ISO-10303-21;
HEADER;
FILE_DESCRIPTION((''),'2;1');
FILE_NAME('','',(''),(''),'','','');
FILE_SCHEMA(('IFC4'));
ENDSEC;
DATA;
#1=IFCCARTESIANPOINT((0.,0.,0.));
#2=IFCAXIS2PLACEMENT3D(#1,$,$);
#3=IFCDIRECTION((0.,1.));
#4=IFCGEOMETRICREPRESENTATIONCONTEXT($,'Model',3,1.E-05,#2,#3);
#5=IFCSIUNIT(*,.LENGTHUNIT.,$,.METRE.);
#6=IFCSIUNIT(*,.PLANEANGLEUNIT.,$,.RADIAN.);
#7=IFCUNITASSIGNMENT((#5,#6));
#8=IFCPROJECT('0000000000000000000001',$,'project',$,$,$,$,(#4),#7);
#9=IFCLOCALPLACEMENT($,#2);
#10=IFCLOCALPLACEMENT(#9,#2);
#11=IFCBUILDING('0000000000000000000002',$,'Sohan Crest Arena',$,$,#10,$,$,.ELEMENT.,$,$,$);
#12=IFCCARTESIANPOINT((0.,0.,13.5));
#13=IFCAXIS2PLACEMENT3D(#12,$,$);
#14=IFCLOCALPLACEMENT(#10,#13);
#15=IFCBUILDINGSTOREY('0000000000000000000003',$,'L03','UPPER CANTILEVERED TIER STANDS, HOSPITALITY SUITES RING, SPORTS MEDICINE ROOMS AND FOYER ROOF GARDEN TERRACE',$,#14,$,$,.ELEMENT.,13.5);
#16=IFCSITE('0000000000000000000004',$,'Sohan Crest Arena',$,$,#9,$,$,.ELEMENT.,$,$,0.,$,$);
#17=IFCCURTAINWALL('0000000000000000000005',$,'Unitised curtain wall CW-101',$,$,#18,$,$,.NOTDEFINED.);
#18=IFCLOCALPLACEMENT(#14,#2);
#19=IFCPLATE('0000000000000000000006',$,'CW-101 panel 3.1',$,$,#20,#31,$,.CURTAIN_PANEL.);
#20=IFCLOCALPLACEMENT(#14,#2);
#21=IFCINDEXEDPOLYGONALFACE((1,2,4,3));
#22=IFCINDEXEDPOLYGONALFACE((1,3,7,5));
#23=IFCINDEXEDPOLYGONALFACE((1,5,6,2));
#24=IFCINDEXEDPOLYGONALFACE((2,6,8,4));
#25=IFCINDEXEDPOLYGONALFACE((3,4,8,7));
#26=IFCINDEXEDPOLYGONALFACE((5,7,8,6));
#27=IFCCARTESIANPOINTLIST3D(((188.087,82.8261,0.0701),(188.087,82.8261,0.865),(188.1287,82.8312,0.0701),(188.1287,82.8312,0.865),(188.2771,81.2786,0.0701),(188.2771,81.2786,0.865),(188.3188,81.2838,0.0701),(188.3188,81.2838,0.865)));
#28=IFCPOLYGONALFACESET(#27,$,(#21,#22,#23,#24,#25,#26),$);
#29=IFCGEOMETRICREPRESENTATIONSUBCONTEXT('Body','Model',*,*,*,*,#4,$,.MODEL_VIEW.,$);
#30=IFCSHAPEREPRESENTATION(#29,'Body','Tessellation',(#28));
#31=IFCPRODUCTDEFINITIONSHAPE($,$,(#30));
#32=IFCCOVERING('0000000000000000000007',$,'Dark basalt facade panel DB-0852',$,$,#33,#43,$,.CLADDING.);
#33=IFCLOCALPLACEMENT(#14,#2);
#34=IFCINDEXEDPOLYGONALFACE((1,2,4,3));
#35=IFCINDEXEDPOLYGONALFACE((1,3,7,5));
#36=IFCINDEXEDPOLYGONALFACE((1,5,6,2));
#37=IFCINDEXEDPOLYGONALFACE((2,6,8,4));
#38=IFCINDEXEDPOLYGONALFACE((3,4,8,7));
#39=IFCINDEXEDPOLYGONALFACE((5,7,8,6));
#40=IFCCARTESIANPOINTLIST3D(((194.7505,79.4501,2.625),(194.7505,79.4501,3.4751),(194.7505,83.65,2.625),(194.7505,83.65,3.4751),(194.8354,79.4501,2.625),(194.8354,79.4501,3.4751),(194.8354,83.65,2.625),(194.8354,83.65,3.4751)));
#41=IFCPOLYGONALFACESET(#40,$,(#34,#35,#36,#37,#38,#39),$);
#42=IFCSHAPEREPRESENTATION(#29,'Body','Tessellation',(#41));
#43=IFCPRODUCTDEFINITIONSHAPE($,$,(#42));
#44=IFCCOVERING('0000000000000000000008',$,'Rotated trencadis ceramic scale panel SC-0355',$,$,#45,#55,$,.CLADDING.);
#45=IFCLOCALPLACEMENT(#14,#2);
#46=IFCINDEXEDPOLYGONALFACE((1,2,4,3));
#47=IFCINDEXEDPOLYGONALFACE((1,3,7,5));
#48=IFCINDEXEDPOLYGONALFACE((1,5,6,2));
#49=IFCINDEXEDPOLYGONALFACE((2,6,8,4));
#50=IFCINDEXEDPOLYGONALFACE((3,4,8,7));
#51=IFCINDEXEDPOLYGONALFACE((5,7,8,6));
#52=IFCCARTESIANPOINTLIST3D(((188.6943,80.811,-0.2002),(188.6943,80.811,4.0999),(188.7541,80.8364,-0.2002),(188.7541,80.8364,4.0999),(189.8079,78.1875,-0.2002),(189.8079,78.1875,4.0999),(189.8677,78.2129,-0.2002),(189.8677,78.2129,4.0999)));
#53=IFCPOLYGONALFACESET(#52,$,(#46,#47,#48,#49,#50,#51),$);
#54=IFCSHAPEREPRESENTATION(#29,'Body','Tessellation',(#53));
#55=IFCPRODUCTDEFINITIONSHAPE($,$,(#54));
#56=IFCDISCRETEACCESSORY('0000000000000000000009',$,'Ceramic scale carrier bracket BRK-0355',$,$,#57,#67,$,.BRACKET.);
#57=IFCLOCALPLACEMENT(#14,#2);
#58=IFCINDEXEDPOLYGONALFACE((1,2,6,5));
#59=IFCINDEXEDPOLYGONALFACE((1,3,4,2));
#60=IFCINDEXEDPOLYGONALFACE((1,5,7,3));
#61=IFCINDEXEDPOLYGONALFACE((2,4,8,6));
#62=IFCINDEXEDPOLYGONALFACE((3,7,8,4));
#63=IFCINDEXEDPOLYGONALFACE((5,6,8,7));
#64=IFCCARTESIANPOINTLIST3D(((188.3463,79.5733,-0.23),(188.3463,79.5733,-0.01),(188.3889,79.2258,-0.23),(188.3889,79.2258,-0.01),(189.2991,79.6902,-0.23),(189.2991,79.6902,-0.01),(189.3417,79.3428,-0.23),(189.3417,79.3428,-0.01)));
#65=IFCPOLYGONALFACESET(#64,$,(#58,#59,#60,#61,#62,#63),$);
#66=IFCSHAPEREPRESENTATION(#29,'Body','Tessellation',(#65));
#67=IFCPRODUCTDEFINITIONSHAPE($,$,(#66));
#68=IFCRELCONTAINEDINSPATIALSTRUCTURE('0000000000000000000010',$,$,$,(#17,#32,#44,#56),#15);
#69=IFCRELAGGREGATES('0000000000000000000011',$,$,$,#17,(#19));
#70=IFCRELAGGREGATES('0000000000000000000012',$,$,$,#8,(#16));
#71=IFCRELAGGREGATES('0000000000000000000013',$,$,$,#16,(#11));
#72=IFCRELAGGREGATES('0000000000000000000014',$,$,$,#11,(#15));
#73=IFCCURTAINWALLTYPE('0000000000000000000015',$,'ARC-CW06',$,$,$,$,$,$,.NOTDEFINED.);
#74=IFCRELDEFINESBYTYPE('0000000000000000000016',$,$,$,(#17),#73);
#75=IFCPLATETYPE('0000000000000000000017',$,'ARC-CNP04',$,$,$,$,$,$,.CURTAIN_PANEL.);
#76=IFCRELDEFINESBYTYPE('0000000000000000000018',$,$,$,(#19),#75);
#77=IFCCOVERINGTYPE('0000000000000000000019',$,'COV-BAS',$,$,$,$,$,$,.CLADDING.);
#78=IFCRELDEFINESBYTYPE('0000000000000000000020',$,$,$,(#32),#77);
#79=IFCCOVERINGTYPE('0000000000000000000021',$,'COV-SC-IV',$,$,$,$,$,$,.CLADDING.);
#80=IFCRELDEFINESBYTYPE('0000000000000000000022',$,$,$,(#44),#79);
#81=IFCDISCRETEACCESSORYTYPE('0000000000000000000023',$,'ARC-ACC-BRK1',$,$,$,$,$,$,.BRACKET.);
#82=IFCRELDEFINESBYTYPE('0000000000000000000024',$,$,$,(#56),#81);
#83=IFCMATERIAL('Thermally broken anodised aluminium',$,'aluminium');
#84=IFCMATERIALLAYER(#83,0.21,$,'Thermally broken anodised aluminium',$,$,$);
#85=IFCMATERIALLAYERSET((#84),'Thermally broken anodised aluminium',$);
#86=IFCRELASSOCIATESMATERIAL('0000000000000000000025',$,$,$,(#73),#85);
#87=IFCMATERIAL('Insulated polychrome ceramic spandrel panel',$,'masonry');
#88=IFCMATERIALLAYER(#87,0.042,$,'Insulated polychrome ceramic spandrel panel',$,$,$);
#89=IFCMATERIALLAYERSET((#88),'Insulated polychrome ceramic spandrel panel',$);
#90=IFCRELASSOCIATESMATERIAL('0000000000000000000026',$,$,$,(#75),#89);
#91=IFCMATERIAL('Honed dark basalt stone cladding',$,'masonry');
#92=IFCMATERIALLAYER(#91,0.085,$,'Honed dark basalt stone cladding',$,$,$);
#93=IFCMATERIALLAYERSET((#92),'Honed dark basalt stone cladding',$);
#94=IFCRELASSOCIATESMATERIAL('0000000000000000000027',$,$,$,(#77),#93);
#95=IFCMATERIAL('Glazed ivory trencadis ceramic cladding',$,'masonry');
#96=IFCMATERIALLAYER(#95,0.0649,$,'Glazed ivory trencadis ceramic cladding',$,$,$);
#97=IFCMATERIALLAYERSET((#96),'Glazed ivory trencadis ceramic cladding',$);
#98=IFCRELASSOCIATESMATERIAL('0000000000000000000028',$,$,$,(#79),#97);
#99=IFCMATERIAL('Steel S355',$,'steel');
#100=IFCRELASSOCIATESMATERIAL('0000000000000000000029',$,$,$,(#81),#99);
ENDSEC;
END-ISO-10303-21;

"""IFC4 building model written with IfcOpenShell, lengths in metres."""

from ifc_helpers import new_model, si_unit, direction, frame, origin, origin_2d, place, context, subcontext, project, spatial, rectangle, extrude, material, layer, layer_set, type_object, element, aggregate, save


model = new_model("IFC4")

# Units and contexts
model_context = context("Model", 3, precision=1e-05, world=origin(), true_north=direction((0.0, 1.0)))
body_context = subcontext(model_context, "Body", "Model", "MODEL_VIEW")
ifc_project = project(units=[si_unit("LENGTHUNIT", "METRE"), si_unit("PLANEANGLEUNIT", "RADIAN")], contexts=[model_context])

# Site, building, storey
site_placement = place(None, origin())
site = spatial("IfcSite", under=ifc_project, at=site_placement, Name="Sohan Crest Arena", CompositionType="ELEMENT", RefElevation=0.0)
building_placement = place(site_placement, origin())
building = spatial("IfcBuilding", under=site, at=building_placement, Name="Sohan Crest Arena", CompositionType="ELEMENT")
storey_placement = place(building_placement, frame((0.0, 0.0, 13.5)))
storey = spatial("IfcBuildingStorey", under=building, at=storey_placement, Name="L03", Description="UPPER CANTILEVERED TIER STANDS, HOSPITALITY SUITES RING, SPORTS MEDICINE ROOMS AND FOYER ROOF GARDEN TERRACE", CompositionType="ELEMENT", Elevation=13.5)

# Shared definitions
ifc_material_1 = material(Name="Steel S355", Category="steel")

# Shared definitions
ifc_material_2 = material(Name="Thermally broken anodised aluminium", Category="aluminium")

# Curtain wall
ifc_layer_1 = layer(ifc_material_2, 0.21, Name="Thermally broken anodised aluminium")
ifc_layer_set_1 = layer_set([ifc_layer_1], Name="Thermally broken anodised aluminium")
curtain_wall_type_1 = type_object("IfcCurtainWallType", Name="ARC-CW06", PredefinedType="NOTDEFINED", material=ifc_layer_set_1)
curtain_wall_1_placement = place(storey_placement, origin())
curtain_wall_1 = element("IfcCurtainWall", 1, at=curtain_wall_1_placement, inside=storey, type_object=curtain_wall_type_1, Name="Unitised curtain wall CW-101", PredefinedType="NOTDEFINED")

# Plate
ifc_material_3 = material(Name="Insulated polychrome ceramic spandrel panel", Category="masonry")
ifc_layer_2 = layer(ifc_material_3, 0.042, Name="Insulated polychrome ceramic spandrel panel")
ifc_layer_set_2 = layer_set([ifc_layer_2], Name="Insulated polychrome ceramic spandrel panel")
plate_type_1 = type_object("IfcPlateType", Name="ARC-CNP04", PredefinedType="CURTAIN_PANEL", material=ifc_layer_set_2)
plate_1_placement = place(storey_placement, frame((188.2029, 82.0549, 0.0701), z_axis=(0.0, 0.0, 1.0), x_axis=(-0.121947, 0.992537, 0.0)))
plate_1 = element("IfcPlate", 2, at=plate_1_placement, type_object=plate_type_1, Name="CW-101 panel 3.1", PredefinedType="CURTAIN_PANEL", context=body_context, shape_type="SweptSolid", body=[
    extrude(rectangle(XDim=1.5591, YDim=0.042, at=origin_2d()), origin(), (0.0, 0.0, 1.0), 0.7949),
])
aggregate(curtain_wall_1, [plate_1])

# Coverings
ifc_material_4 = material(Name="Honed dark basalt stone cladding", Category="masonry")
ifc_layer_3 = layer(ifc_material_4, 0.085, Name="Honed dark basalt stone cladding")
ifc_layer_set_3 = layer_set([ifc_layer_3], Name="Honed dark basalt stone cladding")
covering_type_1 = type_object("IfcCoveringType", Name="COV-BAS", PredefinedType="CLADDING", material=ifc_layer_set_3)
covering_1_placement = place(storey_placement, frame((194.793, 81.55, 2.625), z_axis=(0.0, 0.0, 1.0), x_axis=(0.0, -1.0, 0.0)))
element("IfcCovering", 3, at=covering_1_placement, inside=storey, type_object=covering_type_1, Name="Dark basalt facade panel DB-0852", PredefinedType="CLADDING", context=body_context, shape_type="SweptSolid", body=[
    extrude(rectangle(XDim=4.2, YDim=0.085, at=origin_2d()), origin(), (0.0, 0.0, 1.0), 0.8501),
])
ifc_material_5 = material(Name="Glazed ivory trencadis ceramic cladding", Category="masonry")
ifc_layer_4 = layer(ifc_material_5, 0.0649, Name="Glazed ivory trencadis ceramic cladding")
ifc_layer_set_4 = layer_set([ifc_layer_4], Name="Glazed ivory trencadis ceramic cladding")
covering_type_2 = type_object("IfcCoveringType", Name="COV-SC-IV", PredefinedType="CLADDING", material=ifc_layer_set_4)
covering_2_placement = place(storey_placement, frame((189.281, 79.512, -0.2002), z_axis=(0.0, 0.0, 1.0), x_axis=(-0.390731, 0.920505, 0.0)))
element("IfcCovering", 4, at=covering_2_placement, inside=storey, type_object=covering_type_2, Name="Rotated trencadis ceramic scale panel SC-0355", PredefinedType="CLADDING", context=body_context, shape_type="SweptSolid", body=[
    extrude(rectangle(XDim=2.8501, YDim=0.0649, at=origin_2d()), origin(), (0.0, 0.0, 1.0), 4.3),
])

# Discrete accessory
discrete_accessory_type = type_object("IfcDiscreteAccessoryType", Name="ARC-ACC-BRK1", PredefinedType="BRACKET", material=ifc_material_1)
discrete_accessory_placement = place(storey_placement, frame((188.844, 79.458, -0.23), z_axis=(0.0, 0.0, 1.0), x_axis=(-0.121869, 0.992546, 0.0)))
element("IfcDiscreteAccessory", 5, at=discrete_accessory_placement, inside=storey, type_object=discrete_accessory_type, Name="Ceramic scale carrier bracket BRK-0355", PredefinedType="BRACKET", context=body_context, shape_type="SweptSolid", body=[
    extrude(rectangle(XDim=0.3501, YDim=0.96, at=origin_2d()), origin(), (0.0, 0.0, 1.0), 0.22),
])

save(model, "model.ifc")
